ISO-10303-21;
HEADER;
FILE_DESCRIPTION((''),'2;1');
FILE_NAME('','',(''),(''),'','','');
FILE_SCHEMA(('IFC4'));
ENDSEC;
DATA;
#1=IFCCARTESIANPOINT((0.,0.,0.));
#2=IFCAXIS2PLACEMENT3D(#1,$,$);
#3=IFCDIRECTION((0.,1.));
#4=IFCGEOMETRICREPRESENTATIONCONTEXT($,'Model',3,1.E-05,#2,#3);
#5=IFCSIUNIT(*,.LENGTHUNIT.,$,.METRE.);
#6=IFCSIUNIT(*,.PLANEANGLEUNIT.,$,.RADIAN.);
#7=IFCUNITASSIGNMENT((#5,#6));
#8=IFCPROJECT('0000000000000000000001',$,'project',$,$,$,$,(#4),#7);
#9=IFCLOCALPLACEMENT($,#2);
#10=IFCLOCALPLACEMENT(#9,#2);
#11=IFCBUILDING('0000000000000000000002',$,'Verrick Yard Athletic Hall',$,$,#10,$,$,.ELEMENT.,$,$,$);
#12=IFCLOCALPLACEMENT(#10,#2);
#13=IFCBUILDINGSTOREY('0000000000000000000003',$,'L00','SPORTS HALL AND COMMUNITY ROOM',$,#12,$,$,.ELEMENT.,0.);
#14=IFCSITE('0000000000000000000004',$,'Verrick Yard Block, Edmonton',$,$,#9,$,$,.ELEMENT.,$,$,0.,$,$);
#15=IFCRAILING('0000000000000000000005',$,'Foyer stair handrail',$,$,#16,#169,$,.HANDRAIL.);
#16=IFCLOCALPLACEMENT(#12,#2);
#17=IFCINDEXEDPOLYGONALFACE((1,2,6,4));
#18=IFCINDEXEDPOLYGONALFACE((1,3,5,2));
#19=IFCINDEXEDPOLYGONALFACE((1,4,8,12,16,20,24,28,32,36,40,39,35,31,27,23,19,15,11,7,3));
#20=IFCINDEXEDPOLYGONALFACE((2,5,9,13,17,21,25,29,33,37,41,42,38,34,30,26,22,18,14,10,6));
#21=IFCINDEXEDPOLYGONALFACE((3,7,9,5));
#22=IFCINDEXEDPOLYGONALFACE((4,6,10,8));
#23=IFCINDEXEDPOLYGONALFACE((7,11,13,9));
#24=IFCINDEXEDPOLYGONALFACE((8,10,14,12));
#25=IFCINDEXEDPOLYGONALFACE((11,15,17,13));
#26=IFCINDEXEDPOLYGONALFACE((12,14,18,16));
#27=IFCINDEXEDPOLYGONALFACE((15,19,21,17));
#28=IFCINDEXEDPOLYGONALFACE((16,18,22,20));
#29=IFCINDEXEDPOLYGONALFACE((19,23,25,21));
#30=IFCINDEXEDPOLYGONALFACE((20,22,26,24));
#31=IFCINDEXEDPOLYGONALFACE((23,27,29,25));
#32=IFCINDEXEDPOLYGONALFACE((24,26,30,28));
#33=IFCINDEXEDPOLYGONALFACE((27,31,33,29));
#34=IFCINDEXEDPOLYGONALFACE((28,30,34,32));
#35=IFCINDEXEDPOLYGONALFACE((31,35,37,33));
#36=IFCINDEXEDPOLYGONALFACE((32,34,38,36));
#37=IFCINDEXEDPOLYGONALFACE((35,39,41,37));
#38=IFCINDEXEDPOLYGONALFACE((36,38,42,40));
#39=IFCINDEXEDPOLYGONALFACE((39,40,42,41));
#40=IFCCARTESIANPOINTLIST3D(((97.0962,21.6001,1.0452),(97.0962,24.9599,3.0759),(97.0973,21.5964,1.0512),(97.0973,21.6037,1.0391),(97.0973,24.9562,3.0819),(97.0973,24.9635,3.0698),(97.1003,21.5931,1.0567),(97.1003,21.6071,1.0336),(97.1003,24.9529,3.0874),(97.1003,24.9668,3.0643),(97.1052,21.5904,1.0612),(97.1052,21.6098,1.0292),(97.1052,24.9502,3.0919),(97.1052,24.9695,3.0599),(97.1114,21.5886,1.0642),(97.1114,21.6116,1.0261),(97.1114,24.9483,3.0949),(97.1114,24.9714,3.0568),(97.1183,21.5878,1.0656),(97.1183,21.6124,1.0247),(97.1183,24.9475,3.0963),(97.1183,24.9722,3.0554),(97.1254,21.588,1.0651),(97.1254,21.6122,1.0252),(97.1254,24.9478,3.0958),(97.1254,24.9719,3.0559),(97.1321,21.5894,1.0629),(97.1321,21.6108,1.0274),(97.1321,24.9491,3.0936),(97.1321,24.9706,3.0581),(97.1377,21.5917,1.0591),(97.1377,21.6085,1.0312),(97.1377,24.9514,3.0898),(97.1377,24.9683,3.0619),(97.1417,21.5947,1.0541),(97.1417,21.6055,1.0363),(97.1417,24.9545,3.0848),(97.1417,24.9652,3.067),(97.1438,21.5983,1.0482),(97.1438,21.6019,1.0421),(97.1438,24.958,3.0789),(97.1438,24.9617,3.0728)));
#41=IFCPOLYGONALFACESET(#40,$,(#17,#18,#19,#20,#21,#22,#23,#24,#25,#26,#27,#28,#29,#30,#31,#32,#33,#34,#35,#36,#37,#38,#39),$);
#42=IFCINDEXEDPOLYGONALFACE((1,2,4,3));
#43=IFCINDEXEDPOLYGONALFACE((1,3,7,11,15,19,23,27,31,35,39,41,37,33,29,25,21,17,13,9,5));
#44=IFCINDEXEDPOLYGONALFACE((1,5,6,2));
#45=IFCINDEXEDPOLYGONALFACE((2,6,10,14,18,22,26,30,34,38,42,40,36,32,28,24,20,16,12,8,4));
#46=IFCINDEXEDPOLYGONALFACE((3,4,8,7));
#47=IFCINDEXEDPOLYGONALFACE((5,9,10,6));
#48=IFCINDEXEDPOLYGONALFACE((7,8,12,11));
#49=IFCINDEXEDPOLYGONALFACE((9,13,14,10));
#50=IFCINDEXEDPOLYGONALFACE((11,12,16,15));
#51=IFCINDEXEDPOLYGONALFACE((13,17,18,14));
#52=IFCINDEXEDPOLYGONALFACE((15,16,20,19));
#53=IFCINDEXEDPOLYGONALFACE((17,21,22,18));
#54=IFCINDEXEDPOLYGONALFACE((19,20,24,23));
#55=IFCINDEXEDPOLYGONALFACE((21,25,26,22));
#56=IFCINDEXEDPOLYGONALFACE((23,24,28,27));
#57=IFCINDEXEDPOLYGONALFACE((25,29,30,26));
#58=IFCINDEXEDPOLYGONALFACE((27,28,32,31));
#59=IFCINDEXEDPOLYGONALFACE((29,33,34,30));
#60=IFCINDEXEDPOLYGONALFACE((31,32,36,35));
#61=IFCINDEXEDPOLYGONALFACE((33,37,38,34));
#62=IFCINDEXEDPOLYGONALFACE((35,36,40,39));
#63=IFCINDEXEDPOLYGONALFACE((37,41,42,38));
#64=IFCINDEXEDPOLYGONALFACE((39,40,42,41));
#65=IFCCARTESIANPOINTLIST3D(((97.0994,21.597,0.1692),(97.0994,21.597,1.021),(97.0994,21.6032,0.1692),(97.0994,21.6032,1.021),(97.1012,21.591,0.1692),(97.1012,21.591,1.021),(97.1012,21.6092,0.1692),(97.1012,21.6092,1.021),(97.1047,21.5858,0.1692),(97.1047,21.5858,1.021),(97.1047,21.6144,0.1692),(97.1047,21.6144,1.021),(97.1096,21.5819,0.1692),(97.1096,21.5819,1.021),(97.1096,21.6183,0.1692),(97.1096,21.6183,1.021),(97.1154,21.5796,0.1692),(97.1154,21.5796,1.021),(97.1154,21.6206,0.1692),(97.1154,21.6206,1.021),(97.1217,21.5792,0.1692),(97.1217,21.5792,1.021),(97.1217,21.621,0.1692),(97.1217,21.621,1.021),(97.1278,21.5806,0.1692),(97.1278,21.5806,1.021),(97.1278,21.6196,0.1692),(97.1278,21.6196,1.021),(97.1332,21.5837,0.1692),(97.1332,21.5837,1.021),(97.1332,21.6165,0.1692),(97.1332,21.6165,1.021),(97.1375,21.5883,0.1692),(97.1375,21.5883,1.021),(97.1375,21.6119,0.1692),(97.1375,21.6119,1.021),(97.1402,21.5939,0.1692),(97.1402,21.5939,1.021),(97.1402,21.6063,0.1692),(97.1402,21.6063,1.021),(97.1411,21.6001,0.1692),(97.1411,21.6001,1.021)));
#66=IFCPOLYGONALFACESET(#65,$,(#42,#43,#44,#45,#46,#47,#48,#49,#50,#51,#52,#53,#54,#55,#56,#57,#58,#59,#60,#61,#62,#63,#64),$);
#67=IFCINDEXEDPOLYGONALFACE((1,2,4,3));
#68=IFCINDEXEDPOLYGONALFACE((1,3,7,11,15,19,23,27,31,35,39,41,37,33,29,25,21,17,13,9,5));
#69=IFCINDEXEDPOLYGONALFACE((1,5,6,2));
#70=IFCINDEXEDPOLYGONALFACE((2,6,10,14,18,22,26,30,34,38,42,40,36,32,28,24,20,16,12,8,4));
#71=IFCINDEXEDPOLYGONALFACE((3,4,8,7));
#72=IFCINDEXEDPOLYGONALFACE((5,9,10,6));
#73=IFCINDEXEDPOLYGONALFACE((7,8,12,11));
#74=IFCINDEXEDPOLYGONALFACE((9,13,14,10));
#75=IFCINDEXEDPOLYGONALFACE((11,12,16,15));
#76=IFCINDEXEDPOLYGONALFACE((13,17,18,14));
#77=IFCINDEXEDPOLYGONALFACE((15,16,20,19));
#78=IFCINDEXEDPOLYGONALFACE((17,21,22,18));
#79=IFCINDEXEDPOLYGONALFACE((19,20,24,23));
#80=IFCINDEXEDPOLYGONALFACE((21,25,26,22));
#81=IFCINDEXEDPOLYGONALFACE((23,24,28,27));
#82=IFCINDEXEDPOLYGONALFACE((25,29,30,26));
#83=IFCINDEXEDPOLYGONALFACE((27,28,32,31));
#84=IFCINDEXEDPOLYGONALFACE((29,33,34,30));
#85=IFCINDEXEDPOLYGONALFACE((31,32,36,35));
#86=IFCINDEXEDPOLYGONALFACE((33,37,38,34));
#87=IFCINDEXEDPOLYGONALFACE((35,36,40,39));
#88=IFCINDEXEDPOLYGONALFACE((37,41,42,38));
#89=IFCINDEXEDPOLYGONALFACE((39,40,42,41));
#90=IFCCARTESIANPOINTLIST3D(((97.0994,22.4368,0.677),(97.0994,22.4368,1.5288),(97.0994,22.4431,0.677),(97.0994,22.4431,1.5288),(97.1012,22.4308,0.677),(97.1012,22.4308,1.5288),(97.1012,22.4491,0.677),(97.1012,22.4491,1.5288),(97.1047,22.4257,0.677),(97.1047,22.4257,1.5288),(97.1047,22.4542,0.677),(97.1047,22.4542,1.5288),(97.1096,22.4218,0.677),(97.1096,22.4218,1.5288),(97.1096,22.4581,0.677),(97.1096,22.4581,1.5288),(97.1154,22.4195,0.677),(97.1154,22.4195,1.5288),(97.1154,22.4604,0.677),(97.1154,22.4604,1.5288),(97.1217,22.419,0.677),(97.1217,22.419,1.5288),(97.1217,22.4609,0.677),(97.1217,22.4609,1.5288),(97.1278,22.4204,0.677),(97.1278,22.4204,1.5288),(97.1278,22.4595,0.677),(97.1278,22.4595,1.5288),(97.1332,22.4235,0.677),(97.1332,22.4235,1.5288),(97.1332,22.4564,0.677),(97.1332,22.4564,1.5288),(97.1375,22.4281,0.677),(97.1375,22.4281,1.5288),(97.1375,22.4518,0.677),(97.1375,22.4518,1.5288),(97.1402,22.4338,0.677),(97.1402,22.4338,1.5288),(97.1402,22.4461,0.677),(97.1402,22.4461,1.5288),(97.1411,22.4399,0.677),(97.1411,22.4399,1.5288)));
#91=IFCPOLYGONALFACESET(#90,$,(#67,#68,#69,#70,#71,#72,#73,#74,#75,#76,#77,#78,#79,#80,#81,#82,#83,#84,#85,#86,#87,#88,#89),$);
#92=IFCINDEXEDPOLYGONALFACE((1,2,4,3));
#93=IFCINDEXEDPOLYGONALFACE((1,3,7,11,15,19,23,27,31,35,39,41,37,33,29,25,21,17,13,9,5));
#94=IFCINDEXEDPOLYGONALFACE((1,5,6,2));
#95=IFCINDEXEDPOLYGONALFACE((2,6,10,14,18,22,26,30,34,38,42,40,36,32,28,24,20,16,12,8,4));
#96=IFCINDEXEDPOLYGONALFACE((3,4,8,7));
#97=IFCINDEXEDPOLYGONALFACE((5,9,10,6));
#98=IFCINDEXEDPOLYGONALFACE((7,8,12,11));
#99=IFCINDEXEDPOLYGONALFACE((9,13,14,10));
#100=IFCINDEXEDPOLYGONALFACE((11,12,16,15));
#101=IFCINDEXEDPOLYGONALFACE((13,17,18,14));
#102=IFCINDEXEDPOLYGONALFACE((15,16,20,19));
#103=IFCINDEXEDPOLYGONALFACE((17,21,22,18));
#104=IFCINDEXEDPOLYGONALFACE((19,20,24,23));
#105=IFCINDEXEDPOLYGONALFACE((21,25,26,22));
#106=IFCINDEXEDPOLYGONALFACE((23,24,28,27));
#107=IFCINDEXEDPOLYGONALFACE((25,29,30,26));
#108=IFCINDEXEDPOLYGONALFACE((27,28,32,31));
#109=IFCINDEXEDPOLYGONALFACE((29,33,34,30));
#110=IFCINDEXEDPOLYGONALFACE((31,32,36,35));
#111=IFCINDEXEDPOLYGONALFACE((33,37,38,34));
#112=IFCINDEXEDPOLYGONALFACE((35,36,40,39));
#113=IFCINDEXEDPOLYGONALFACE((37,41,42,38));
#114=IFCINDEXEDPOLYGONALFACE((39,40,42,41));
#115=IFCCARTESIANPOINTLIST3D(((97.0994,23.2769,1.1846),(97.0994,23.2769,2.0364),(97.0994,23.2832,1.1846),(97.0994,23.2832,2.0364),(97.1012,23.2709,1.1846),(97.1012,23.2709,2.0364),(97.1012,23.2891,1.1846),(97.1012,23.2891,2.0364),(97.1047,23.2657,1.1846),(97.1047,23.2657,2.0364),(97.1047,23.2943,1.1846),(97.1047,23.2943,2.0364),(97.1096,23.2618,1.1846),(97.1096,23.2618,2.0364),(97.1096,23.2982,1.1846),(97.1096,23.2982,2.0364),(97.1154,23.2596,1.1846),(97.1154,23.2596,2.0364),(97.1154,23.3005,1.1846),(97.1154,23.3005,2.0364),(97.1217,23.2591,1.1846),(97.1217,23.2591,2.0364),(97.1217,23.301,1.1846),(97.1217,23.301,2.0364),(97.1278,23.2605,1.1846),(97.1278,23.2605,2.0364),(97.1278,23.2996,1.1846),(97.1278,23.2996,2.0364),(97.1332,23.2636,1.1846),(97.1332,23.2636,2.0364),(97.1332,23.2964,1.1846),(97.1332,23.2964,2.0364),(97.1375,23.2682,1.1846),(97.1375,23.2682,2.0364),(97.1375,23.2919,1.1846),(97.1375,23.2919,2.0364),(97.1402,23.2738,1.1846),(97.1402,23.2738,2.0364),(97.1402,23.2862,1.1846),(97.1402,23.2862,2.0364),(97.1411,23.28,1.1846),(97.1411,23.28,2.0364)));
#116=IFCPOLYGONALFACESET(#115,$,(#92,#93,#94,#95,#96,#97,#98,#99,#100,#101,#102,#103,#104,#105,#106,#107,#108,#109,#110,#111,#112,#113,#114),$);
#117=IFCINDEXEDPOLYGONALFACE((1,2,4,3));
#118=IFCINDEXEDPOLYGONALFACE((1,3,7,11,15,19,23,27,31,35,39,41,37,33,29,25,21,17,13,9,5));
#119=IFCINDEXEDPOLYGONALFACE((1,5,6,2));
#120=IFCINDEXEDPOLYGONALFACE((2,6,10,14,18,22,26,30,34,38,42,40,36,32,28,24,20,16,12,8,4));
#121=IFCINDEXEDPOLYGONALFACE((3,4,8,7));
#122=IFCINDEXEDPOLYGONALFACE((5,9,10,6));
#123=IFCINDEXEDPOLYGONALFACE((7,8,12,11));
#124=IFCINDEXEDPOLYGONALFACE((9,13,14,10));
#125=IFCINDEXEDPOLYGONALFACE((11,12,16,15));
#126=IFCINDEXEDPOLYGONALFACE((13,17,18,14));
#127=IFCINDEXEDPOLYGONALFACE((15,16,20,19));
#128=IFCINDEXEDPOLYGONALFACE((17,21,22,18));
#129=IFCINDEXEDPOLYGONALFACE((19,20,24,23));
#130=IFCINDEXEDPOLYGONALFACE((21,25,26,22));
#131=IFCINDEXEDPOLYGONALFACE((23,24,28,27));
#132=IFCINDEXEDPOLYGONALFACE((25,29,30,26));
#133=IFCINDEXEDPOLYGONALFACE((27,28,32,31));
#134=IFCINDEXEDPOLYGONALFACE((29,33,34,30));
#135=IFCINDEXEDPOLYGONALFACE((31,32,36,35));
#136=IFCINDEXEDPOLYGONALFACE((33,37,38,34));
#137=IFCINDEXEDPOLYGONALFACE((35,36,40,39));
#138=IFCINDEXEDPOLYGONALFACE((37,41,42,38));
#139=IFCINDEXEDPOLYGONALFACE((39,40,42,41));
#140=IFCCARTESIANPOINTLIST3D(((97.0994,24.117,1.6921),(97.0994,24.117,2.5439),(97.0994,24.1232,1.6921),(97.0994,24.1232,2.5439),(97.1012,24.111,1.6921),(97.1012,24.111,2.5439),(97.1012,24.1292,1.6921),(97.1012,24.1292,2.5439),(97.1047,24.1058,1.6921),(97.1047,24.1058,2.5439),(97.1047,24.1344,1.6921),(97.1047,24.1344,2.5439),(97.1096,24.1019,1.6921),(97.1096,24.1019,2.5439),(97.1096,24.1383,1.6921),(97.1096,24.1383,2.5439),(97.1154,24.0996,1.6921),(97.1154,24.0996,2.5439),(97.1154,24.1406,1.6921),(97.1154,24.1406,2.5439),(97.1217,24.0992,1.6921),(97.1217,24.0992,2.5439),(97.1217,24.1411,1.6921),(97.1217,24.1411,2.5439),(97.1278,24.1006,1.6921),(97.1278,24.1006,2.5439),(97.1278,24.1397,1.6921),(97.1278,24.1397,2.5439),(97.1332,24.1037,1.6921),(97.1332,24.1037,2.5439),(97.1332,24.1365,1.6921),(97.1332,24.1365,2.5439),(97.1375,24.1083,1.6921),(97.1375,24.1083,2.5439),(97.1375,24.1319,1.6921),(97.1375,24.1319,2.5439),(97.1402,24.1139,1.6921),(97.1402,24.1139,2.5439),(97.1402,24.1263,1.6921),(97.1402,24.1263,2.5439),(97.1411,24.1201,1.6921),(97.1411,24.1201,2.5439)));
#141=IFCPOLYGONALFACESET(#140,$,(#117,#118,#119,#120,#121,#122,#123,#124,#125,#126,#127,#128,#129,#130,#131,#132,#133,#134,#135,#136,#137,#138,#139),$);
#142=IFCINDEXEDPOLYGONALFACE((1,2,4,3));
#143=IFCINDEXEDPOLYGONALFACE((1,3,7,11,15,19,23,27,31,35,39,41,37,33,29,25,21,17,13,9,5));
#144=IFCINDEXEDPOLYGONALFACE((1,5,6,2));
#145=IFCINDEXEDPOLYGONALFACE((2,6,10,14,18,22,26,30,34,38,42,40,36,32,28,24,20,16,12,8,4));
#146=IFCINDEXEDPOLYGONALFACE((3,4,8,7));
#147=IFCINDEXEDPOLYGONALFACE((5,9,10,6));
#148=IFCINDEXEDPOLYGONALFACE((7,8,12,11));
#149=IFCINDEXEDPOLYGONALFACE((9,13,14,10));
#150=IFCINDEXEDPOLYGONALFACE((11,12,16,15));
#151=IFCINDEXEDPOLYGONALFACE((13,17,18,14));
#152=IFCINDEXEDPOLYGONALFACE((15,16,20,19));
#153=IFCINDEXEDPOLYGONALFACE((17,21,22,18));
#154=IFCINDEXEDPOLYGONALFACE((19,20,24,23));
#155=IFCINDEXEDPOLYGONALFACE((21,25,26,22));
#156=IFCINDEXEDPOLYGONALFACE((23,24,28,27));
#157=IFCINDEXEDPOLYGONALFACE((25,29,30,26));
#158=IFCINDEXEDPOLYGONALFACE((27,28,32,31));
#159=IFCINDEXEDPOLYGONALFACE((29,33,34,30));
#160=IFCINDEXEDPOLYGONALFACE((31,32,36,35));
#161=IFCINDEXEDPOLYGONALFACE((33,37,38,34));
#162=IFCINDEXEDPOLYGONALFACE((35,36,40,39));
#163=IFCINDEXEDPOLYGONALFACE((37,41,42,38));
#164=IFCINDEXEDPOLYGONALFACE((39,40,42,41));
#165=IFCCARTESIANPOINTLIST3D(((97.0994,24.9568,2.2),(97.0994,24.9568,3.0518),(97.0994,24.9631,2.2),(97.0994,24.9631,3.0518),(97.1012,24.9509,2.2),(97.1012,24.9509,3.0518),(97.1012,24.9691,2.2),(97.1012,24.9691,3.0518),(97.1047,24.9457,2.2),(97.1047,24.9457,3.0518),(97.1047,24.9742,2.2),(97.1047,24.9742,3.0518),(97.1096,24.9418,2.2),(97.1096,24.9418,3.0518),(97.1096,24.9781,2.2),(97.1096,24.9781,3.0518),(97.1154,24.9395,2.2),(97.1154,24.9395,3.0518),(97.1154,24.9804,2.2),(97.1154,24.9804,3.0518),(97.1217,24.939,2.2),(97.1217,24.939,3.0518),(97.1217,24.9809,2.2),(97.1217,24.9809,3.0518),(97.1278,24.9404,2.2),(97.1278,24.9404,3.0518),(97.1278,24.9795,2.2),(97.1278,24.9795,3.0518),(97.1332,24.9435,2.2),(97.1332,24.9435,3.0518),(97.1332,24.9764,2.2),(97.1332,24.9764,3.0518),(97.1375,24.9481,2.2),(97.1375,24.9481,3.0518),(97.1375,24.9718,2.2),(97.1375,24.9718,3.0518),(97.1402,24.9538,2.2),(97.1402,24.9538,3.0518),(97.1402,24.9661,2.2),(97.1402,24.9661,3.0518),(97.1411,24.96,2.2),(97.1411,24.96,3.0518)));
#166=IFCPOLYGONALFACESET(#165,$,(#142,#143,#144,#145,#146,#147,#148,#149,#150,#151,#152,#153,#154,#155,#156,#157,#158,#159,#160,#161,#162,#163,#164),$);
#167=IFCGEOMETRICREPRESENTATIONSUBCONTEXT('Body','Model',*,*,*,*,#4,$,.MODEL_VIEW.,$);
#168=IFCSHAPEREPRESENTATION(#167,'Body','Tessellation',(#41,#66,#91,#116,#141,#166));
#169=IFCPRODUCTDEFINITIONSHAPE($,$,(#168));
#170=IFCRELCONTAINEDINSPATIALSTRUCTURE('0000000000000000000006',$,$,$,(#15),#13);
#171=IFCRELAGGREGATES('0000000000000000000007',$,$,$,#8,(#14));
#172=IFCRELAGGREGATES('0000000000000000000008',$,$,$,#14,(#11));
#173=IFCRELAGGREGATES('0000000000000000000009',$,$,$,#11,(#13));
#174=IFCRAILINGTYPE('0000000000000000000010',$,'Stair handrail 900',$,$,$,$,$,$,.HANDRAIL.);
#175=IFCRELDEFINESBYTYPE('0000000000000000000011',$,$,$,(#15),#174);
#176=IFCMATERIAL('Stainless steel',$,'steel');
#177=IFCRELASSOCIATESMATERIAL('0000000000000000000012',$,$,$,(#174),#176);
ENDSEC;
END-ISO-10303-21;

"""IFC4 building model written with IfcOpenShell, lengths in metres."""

from ifc_helpers import new_model, si_unit, direction, frame, origin, origin_2d, place, context, subcontext, project, spatial, circle, extrude, material, type_object, element, save


model = new_model("IFC4")

# Units and contexts
model_context = context("Model", 3, precision=1e-05, world=origin(), true_north=direction((0.0, 1.0)))
body_context = subcontext(model_context, "Body", "Model", "MODEL_VIEW")
ifc_project = project(units=[si_unit("LENGTHUNIT", "METRE"), si_unit("PLANEANGLEUNIT", "RADIAN")], contexts=[model_context])

# Site, building, storey
site_placement = place(None, origin())
site = spatial("IfcSite", under=ifc_project, at=site_placement, Name="Verrick Yard Block, Edmonton", CompositionType="ELEMENT", RefElevation=0.0)
building_placement = place(site_placement, origin())
building = spatial("IfcBuilding", under=site, at=building_placement, Name="Verrick Yard Athletic Hall", CompositionType="ELEMENT")
storey_placement = place(building_placement, origin())
storey = spatial("IfcBuildingStorey", under=building, at=storey_placement, Name="L00", Description="SPORTS HALL AND COMMUNITY ROOM", CompositionType="ELEMENT", Elevation=0.0)

# Railing
ifc_material_1 = material(Name="Stainless steel", Category="steel")
railing_type_1 = type_object("IfcRailingType", Name="Stair handrail 900", PredefinedType="HANDRAIL", material=ifc_material_1)
for number, where, name in (
    (1, (97.1201, 21.6001, 0.1692), "Foyer stair handrail"),
):
    element("IfcRailing", number, at=place(storey_placement, frame(where)), inside=storey, type_object=railing_type_1, Name=name, PredefinedType="HANDRAIL", context=body_context, shape_type="SweptSolid", body=[
        extrude(circle(Radius=0.0239, at=origin_2d()), frame((0.0, 0.0, 0.876), z_axis=(0.0, 0.85582, 0.517273), x_axis=(-1.0, 0.0, 0.0)), (0.0, 0.0, 1.0), 3.9258),
        extrude(circle(Radius=0.021, at=origin_2d()), origin(), (0.0, 0.0, 1.0), 0.8518),
        extrude(circle(Radius=0.021, at=origin_2d()), frame((0.0, 0.8398, 0.5078)), (0.0, 0.0, 1.0), 0.8518),
        extrude(circle(Radius=0.021, at=origin_2d()), frame((0.0, 1.6799, 1.0154)), (0.0, 0.0, 1.0), 0.8518),
        extrude(circle(Radius=0.021, at=origin_2d()), frame((0.0, 2.52, 1.5229)), (0.0, 0.0, 1.0), 0.8518),
        extrude(circle(Radius=0.021, at=origin_2d()), frame((0.0, 3.3599, 2.0308)), (0.0, 0.0, 1.0), 0.8518),
    ])

save(model, "model.ifc")
